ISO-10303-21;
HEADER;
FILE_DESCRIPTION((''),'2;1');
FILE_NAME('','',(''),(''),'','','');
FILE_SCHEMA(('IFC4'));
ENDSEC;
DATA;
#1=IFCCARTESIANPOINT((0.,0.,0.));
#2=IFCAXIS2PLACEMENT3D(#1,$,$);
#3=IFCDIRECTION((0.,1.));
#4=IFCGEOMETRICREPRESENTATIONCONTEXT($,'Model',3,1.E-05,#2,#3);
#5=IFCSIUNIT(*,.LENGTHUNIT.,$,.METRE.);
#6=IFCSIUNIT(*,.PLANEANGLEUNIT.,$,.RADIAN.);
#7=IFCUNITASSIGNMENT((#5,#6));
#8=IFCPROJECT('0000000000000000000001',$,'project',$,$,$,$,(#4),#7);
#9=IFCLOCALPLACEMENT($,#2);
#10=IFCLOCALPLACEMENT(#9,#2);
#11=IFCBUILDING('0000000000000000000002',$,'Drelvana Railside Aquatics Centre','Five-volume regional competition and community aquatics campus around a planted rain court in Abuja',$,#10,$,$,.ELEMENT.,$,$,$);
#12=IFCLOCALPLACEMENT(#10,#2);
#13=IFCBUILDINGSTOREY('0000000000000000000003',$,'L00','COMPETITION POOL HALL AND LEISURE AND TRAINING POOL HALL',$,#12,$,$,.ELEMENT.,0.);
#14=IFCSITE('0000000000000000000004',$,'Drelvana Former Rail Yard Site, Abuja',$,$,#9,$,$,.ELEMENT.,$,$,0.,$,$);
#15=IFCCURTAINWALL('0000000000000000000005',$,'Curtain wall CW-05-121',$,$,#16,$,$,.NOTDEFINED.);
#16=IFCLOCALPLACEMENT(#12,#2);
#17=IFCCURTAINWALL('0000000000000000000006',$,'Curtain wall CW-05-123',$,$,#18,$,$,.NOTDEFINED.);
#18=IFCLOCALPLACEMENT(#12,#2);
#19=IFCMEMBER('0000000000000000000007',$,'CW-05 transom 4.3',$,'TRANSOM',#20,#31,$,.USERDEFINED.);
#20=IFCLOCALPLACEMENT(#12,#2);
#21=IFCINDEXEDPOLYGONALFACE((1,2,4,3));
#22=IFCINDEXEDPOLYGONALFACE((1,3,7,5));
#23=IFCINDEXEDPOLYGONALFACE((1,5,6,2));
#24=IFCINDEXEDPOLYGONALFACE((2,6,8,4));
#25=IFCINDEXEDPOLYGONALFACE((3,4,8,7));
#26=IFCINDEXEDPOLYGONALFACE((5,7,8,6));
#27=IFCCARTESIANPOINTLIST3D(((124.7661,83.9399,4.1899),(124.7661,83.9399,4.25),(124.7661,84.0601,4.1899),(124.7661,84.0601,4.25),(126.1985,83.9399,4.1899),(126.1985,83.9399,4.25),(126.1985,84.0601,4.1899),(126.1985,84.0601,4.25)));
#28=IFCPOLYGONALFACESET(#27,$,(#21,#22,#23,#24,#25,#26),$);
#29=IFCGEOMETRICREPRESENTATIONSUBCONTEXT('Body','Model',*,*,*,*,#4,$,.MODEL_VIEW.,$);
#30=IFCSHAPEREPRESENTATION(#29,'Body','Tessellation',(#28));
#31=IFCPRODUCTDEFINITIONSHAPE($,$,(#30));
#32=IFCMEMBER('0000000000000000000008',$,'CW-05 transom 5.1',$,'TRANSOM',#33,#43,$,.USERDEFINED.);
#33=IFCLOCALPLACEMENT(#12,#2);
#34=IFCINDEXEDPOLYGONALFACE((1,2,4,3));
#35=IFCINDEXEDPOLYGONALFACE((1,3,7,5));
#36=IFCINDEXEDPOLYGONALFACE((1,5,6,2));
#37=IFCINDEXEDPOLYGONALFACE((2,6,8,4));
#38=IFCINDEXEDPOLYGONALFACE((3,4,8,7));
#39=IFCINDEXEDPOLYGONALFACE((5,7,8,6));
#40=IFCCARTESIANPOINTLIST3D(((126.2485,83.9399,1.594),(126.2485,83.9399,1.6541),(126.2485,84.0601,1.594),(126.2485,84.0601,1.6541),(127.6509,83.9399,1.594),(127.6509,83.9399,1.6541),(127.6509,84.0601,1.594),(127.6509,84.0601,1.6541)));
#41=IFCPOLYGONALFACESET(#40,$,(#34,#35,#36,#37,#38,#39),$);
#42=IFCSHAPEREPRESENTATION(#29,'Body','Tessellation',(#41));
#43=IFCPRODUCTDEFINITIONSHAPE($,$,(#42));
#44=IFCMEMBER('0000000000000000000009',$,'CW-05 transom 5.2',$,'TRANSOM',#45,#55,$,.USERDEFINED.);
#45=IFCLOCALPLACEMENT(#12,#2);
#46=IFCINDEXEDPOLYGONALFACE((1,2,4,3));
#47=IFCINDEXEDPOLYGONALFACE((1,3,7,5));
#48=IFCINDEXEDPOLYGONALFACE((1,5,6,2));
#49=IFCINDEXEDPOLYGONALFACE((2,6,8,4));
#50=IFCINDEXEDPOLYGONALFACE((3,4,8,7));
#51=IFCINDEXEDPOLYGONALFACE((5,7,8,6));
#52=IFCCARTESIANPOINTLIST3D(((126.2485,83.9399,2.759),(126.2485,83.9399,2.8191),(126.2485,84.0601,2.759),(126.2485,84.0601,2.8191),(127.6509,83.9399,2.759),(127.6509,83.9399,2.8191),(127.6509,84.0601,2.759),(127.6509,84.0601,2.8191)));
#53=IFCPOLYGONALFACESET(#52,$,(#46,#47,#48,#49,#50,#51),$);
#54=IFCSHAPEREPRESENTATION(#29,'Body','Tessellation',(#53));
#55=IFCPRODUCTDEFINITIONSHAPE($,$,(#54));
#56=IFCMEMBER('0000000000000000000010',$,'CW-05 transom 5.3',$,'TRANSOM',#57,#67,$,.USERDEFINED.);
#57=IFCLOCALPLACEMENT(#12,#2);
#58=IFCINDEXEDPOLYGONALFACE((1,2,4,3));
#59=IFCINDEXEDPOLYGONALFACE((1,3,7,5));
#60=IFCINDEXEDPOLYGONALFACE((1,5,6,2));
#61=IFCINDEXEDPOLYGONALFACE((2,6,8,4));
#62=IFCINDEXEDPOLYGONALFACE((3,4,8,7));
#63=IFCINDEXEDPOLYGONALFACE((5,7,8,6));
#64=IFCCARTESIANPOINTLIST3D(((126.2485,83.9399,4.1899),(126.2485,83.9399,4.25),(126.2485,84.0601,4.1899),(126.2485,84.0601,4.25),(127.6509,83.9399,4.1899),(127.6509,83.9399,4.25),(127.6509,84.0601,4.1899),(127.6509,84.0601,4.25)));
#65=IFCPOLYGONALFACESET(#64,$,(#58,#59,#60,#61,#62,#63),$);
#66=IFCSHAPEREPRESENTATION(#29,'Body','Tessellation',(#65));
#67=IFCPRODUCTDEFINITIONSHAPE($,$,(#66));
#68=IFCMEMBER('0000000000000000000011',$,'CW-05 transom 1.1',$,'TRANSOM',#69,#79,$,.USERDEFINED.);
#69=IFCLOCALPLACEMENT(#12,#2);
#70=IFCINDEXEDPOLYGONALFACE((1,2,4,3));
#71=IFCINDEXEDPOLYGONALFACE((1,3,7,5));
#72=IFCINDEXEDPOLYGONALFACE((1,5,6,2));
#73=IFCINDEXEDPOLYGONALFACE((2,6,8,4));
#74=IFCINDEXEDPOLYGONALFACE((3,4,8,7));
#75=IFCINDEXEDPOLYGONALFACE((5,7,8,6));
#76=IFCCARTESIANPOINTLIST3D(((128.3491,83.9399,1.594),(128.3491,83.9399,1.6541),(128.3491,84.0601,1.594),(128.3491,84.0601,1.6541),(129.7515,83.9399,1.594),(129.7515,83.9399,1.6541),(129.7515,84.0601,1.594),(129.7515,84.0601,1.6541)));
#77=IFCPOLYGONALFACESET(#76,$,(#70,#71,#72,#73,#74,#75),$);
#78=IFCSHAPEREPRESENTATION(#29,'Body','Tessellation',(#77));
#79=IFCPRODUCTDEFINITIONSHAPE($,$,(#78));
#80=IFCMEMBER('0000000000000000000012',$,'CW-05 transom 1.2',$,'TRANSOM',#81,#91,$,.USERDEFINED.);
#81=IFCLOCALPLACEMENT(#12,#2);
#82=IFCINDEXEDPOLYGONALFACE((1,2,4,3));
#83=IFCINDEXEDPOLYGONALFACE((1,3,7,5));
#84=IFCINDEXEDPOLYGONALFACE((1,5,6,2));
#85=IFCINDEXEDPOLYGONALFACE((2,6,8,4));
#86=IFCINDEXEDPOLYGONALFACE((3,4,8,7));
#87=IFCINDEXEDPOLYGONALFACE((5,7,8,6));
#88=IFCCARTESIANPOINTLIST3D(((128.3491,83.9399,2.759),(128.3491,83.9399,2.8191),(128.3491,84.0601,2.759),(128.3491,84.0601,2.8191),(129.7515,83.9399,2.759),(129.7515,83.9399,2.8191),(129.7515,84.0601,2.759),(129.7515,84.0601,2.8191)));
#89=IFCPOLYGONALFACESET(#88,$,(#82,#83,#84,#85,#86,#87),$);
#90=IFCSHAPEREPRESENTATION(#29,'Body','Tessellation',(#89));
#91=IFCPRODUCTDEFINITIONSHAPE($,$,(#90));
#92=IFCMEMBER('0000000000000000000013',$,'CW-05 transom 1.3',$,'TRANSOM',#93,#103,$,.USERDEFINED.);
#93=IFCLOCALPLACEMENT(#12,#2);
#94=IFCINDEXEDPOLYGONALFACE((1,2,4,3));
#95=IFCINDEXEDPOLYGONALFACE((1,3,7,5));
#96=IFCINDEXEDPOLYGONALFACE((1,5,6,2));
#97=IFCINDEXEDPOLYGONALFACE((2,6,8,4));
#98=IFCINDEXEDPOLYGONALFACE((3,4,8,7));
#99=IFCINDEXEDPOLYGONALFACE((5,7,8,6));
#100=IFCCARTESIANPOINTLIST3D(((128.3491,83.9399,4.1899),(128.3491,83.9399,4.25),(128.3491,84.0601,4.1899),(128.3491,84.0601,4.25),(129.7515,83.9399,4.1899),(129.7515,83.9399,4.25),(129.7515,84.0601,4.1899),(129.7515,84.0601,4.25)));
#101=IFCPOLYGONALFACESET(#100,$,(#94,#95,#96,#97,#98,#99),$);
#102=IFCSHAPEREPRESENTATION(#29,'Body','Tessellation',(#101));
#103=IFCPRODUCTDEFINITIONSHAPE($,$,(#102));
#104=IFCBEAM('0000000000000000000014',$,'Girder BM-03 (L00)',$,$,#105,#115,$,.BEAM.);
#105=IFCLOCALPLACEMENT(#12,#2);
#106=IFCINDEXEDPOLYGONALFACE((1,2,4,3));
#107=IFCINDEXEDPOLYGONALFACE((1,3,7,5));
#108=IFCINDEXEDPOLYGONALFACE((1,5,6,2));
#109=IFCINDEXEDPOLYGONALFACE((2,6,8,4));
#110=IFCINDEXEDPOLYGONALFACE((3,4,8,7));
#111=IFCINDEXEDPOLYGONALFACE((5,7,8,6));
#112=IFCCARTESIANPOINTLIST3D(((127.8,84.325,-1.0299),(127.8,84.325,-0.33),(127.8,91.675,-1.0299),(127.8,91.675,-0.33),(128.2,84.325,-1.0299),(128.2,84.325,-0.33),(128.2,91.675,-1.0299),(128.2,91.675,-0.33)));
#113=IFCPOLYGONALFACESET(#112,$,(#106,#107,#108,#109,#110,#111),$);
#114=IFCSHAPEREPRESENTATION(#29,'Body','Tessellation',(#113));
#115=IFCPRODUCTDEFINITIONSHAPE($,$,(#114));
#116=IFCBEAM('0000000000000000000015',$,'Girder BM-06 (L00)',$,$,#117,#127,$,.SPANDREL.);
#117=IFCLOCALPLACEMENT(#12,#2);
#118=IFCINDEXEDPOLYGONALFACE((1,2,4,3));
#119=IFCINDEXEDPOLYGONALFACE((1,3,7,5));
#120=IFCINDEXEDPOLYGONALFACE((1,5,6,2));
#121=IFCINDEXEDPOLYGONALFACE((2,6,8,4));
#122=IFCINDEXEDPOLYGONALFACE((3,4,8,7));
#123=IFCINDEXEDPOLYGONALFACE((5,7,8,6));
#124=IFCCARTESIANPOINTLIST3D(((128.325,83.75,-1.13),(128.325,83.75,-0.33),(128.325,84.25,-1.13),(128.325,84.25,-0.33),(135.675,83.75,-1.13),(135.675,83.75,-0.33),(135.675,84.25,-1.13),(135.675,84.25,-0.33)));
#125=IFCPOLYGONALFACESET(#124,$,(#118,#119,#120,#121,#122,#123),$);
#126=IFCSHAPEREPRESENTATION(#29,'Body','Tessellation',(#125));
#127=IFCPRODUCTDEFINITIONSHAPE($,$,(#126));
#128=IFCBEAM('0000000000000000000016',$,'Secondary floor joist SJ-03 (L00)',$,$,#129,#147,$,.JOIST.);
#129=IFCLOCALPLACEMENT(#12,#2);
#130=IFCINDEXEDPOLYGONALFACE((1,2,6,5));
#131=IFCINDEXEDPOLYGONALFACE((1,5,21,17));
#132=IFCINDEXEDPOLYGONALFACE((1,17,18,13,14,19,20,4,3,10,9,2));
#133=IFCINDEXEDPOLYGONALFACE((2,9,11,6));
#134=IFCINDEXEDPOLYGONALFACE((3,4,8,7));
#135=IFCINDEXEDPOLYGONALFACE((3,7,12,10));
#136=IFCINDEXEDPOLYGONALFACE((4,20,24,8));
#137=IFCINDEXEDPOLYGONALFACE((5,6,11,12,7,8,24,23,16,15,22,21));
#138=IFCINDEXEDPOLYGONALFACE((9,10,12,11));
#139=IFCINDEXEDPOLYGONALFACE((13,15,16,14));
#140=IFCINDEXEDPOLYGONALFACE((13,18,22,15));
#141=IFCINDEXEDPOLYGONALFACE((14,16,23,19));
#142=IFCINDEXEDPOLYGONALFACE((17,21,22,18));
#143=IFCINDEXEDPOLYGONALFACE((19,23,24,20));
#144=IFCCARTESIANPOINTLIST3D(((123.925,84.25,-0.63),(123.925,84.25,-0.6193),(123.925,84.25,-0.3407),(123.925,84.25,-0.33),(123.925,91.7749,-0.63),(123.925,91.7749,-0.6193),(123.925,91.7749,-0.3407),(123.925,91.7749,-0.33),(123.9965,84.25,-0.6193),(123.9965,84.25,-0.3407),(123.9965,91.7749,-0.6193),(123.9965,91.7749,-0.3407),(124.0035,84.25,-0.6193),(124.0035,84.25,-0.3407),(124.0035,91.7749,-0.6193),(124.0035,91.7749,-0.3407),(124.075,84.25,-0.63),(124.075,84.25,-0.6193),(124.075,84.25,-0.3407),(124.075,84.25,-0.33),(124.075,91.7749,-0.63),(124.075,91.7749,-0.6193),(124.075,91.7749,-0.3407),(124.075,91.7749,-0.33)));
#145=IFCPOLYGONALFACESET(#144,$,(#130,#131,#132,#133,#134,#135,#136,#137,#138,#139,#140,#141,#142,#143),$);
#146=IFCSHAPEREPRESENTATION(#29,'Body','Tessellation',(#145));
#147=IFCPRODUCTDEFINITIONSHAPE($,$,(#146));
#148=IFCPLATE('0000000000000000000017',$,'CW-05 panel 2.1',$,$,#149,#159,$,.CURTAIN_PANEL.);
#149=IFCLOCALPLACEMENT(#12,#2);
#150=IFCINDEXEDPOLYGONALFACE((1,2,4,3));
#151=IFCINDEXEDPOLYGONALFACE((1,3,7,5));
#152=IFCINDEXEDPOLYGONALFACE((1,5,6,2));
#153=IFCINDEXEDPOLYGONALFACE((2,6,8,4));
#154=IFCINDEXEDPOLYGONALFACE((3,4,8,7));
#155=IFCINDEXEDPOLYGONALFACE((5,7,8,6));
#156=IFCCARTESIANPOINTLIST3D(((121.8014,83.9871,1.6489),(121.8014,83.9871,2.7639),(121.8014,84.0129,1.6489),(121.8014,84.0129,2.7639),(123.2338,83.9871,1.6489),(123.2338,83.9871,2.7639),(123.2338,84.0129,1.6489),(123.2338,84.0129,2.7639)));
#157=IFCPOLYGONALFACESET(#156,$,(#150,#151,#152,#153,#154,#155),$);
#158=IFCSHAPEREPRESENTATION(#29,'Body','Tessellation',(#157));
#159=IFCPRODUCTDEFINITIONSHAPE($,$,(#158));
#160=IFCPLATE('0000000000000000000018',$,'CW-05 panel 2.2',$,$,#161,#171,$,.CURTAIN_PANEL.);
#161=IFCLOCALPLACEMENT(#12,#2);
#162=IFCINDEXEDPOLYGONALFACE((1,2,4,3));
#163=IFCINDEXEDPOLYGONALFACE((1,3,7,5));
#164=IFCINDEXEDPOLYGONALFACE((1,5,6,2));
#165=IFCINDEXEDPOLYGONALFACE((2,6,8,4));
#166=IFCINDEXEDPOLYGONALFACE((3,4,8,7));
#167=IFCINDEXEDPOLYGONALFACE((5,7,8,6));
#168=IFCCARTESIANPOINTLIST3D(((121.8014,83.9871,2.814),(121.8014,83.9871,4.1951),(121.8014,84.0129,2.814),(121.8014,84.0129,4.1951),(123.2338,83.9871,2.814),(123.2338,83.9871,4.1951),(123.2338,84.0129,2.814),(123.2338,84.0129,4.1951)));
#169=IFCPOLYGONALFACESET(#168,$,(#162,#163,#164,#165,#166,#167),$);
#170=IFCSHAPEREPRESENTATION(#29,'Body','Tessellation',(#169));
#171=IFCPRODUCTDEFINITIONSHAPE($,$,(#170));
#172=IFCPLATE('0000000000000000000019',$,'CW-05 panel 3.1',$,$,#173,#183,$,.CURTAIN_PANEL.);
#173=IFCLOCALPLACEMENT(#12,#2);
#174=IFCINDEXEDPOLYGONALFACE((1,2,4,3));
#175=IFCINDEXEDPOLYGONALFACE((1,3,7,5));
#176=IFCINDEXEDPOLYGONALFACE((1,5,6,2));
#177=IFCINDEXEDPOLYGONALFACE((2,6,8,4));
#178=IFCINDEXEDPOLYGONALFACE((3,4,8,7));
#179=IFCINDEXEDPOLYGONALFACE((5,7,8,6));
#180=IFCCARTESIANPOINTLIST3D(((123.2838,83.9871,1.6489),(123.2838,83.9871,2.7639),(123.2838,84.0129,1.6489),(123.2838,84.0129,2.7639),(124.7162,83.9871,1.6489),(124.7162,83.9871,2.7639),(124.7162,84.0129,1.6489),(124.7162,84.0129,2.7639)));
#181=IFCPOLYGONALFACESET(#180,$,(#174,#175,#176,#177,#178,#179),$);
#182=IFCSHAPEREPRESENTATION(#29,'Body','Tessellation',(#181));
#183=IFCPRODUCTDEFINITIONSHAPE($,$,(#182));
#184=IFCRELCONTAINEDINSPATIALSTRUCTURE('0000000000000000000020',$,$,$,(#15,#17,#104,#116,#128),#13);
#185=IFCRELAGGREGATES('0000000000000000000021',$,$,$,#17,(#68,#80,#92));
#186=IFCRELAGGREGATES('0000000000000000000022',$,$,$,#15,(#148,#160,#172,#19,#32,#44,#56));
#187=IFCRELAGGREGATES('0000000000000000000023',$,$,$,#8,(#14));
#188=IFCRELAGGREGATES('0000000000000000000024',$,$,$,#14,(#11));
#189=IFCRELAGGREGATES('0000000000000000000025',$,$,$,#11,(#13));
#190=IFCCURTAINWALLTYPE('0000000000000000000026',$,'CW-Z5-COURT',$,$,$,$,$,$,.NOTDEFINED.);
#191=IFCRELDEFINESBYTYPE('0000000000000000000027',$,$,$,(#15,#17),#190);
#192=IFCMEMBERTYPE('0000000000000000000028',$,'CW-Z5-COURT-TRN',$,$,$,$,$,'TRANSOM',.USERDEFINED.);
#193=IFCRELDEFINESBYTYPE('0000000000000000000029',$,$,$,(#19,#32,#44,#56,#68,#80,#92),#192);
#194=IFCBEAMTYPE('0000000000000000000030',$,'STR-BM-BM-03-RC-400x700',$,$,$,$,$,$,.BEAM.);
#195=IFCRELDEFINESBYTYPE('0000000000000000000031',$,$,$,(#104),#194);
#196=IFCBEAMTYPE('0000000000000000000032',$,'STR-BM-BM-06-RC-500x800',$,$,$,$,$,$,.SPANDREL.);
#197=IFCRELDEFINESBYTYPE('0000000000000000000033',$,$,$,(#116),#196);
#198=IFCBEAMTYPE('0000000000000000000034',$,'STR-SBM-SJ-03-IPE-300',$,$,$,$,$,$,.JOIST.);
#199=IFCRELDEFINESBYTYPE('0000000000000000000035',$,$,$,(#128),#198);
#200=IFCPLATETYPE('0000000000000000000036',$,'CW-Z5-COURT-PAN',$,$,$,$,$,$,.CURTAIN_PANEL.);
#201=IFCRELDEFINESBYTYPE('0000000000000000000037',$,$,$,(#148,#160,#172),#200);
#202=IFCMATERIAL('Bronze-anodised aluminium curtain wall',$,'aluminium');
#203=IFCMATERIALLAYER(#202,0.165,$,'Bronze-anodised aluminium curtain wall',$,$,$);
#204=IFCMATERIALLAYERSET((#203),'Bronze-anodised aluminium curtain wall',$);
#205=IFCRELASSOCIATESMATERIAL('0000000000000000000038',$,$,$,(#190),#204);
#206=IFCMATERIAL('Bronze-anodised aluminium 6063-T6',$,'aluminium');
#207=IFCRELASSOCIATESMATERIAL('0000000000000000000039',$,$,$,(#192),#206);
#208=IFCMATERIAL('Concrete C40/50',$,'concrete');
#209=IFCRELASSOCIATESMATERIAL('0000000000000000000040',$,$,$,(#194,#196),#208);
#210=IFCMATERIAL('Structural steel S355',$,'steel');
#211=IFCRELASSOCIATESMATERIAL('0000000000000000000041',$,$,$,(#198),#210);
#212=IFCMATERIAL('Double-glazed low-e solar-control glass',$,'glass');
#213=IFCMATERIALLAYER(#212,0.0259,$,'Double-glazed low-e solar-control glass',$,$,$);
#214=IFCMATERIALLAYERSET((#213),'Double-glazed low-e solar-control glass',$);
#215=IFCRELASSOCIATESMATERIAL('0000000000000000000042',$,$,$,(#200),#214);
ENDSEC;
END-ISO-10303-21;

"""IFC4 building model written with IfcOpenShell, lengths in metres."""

from ifc_helpers import new_model, si_unit, direction, frame, origin, origin_2d, place, context, subcontext, project, spatial, rectangle, i_section, extrude, material, layer, layer_set, material_profile, profile_set, type_object, element, aggregate, save


model = new_model("IFC4")

# Units and contexts
model_context = context("Model", 3, precision=1e-05, world=origin(), true_north=direction((0.0, 1.0)))
body_context = subcontext(model_context, "Body", "Model", "MODEL_VIEW")
ifc_project = project(units=[si_unit("LENGTHUNIT", "METRE"), si_unit("PLANEANGLEUNIT", "RADIAN")], contexts=[model_context])

# Site, building, storey
site_placement = place(None, origin())
site = spatial("IfcSite", under=ifc_project, at=site_placement, Name="Drelvana Former Rail Yard Site, Abuja", CompositionType="ELEMENT", RefElevation=0.0)
building_placement = place(site_placement, origin())
building = spatial("IfcBuilding", under=site, at=building_placement, Name="Drelvana Railside Aquatics Centre", Description="Five-volume regional competition and community aquatics campus around a planted rain court in Abuja", CompositionType="ELEMENT")
storey_placement = place(building_placement, origin())
storey = spatial("IfcBuildingStorey", under=building, at=storey_placement, Name="L00", Description="COMPETITION POOL HALL AND LEISURE AND TRAINING POOL HALL", CompositionType="ELEMENT", Elevation=0.0)

# Shared definitions
ifc_material_1 = material(Name="Concrete C40/50", Category="concrete")

# Curtain wall
ifc_material_2 = material(Name="Bronze-anodised aluminium curtain wall", Category="aluminium")
ifc_layer_1 = layer(ifc_material_2, 0.165, Name="Bronze-anodised aluminium curtain wall")
ifc_layer_set_1 = layer_set([ifc_layer_1], Name="Bronze-anodised aluminium curtain wall")
curtain_wall_type = type_object("IfcCurtainWallType", Name="CW-Z5-COURT", PredefinedType="NOTDEFINED", material=ifc_layer_set_1)
curtain_wall_1_placement = place(storey_placement, origin())
curtain_wall_1 = element("IfcCurtainWall", 1, at=curtain_wall_1_placement, inside=storey, type_object=curtain_wall_type, Name="Curtain wall CW-05-121", PredefinedType="NOTDEFINED")
ifc_material_3 = material(Name="Bronze-anodised aluminium 6063-T6", Category="aluminium")

# Curtain wall
curtain_wall_2_placement = place(storey_placement, origin())
curtain_wall_2 = element("IfcCurtainWall", 2, at=curtain_wall_2_placement, inside=storey, type_object=curtain_wall_type, Name="Curtain wall CW-05-123", PredefinedType="NOTDEFINED")

# Members
ifc_material_profile_1 = material_profile(ifc_material_3, rectangle(XDim=0.1201, YDim=0.0601, at=origin_2d()), Name="ALU-T 60x120")
ifc_profile_set_1 = profile_set([ifc_material_profile_1], Name="Bronze-anodised aluminium 6063-T6")
member_type_1 = type_object("IfcMemberType", Name="CW-Z5-COURT-TRN", ElementType="TRANSOM", PredefinedType="USERDEFINED", material=ifc_profile_set_1)
member_1_placement = place(storey_placement, frame((124.7661, 84.0, 4.22), z_axis=(1.0, 0.0, 0.0), x_axis=(0.0, 1.0, 0.0)))
member_1 = element("IfcMember", 3, at=member_1_placement, type_object=member_type_1, Name="CW-05 transom 4.3", ObjectType="TRANSOM", PredefinedType="USERDEFINED", context=body_context, shape_type="SweptSolid", body=[
    extrude(rectangle(XDim=0.1201, YDim=0.0601, at=origin_2d()), origin(), (0.0, 0.0, 1.0), 1.4324),
])
member_2_placement = place(storey_placement, frame((126.2485, 84.0, 1.624), z_axis=(1.0, 0.0, 0.0), x_axis=(0.0, 1.0, 0.0)))
member_2 = element("IfcMember", 4, at=member_2_placement, type_object=member_type_1, Name="CW-05 transom 5.1", ObjectType="TRANSOM", PredefinedType="USERDEFINED", context=body_context, shape_type="SweptSolid", body=[
    extrude(rectangle(XDim=0.1201, YDim=0.0601, at=origin_2d()), origin(), (0.0, 0.0, 1.0), 1.4023),
])
member_3_placement = place(storey_placement, frame((126.2485, 84.0, 2.7891), z_axis=(1.0, 0.0, 0.0), x_axis=(0.0, 1.0, 0.0)))
member_3 = element("IfcMember", 5, at=member_3_placement, type_object=member_type_1, Name="CW-05 transom 5.2", ObjectType="TRANSOM", PredefinedType="USERDEFINED", context=body_context, shape_type="SweptSolid", body=[
    extrude(rectangle(XDim=0.1201, YDim=0.0601, at=origin_2d()), origin(), (0.0, 0.0, 1.0), 1.4023),
])
member_4_placement = place(storey_placement, frame((126.2485, 84.0, 4.22), z_axis=(1.0, 0.0, 0.0), x_axis=(0.0, 1.0, 0.0)))
member_4 = element("IfcMember", 6, at=member_4_placement, type_object=member_type_1, Name="CW-05 transom 5.3", ObjectType="TRANSOM", PredefinedType="USERDEFINED", context=body_context, shape_type="SweptSolid", body=[
    extrude(rectangle(XDim=0.1201, YDim=0.0601, at=origin_2d()), origin(), (0.0, 0.0, 1.0), 1.4023),
])
member_5_placement = place(storey_placement, frame((128.3491, 84.0, 1.624), z_axis=(1.0, 0.0, 0.0), x_axis=(0.0, 1.0, 0.0)))
member_5 = element("IfcMember", 7, at=member_5_placement, type_object=member_type_1, Name="CW-05 transom 1.1", ObjectType="TRANSOM", PredefinedType="USERDEFINED", context=body_context, shape_type="SweptSolid", body=[
    extrude(rectangle(XDim=0.1201, YDim=0.0601, at=origin_2d()), origin(), (0.0, 0.0, 1.0), 1.4023),
])
member_6_placement = place(storey_placement, frame((128.3491, 84.0, 2.7891), z_axis=(1.0, 0.0, 0.0), x_axis=(0.0, 1.0, 0.0)))
member_6 = element("IfcMember", 8, at=member_6_placement, type_object=member_type_1, Name="CW-05 transom 1.2", ObjectType="TRANSOM", PredefinedType="USERDEFINED", context=body_context, shape_type="SweptSolid", body=[
    extrude(rectangle(XDim=0.1201, YDim=0.0601, at=origin_2d()), origin(), (0.0, 0.0, 1.0), 1.4023),
])
member_7_placement = place(storey_placement, frame((128.3491, 84.0, 4.22), z_axis=(1.0, 0.0, 0.0), x_axis=(0.0, 1.0, 0.0)))
member_7 = element("IfcMember", 9, at=member_7_placement, type_object=member_type_1, Name="CW-05 transom 1.3", ObjectType="TRANSOM", PredefinedType="USERDEFINED", context=body_context, shape_type="SweptSolid", body=[
    extrude(rectangle(XDim=0.1201, YDim=0.0601, at=origin_2d()), origin(), (0.0, 0.0, 1.0), 1.4023),
])
aggregate(curtain_wall_2, [member_5, member_6, member_7])

# Beams
ifc_material_profile_2 = material_profile(ifc_material_1, rectangle(XDim=0.3999, YDim=0.7, at=origin_2d()), Name="RC 400x700")
ifc_profile_set_2 = profile_set([ifc_material_profile_2], Name="Concrete C40/50")
beam_type_1 = type_object("IfcBeamType", Name="STR-BM-BM-03-RC-400x700", PredefinedType="BEAM", material=ifc_profile_set_2)
beam_1_placement = place(storey_placement, frame((128.0, 84.325, -0.6799), z_axis=(0.0, 1.0, 0.0), x_axis=(-1.0, 0.0, 0.0)))
element("IfcBeam", 10, at=beam_1_placement, inside=storey, type_object=beam_type_1, Name="Girder BM-03 (L00)", PredefinedType="BEAM", context=body_context, shape_type="SweptSolid", body=[
    extrude(rectangle(XDim=0.3999, YDim=0.7, at=origin_2d()), origin(), (0.0, 0.0, 1.0), 7.3501),
])
ifc_material_profile_3 = material_profile(ifc_material_1, rectangle(XDim=0.5, YDim=0.8, at=origin_2d()), Name="RC 500x800")
ifc_profile_set_3 = profile_set([ifc_material_profile_3], Name="Concrete C40/50")
beam_type_2 = type_object("IfcBeamType", Name="STR-BM-BM-06-RC-500x800", PredefinedType="SPANDREL", material=ifc_profile_set_3)
beam_2_placement = place(storey_placement, frame((128.325, 84.0, -0.73), z_axis=(1.0, 0.0, 0.0), x_axis=(0.0, 1.0, 0.0)))
element("IfcBeam", 11, at=beam_2_placement, inside=storey, type_object=beam_type_2, Name="Girder BM-06 (L00)", PredefinedType="SPANDREL", context=body_context, shape_type="SweptSolid", body=[
    extrude(rectangle(XDim=0.5, YDim=0.8, at=origin_2d()), origin(), (0.0, 0.0, 1.0), 7.3501),
])
ifc_material_4 = material(Name="Structural steel S355", Category="steel")
ifc_material_profile_4 = material_profile(ifc_material_4, i_section(OverallWidth=0.1499, OverallDepth=0.3, WebThickness=0.0071, FlangeThickness=0.0107, at=origin_2d()), Name="IPE 300")
ifc_profile_set_4 = profile_set([ifc_material_profile_4], Name="Structural steel S355")
beam_type_3 = type_object("IfcBeamType", Name="STR-SBM-SJ-03-IPE-300", PredefinedType="JOIST", material=ifc_profile_set_4)
beam_3_placement = place(storey_placement, frame((124.0, 84.25, -0.48), z_axis=(0.0, 1.0, 0.0), x_axis=(-1.0, 0.0, 0.0)))
element("IfcBeam", 12, at=beam_3_placement, inside=storey, type_object=beam_type_3, Name="Secondary floor joist SJ-03 (L00)", PredefinedType="JOIST", context=body_context, shape_type="SweptSolid", body=[
    extrude(i_section(OverallWidth=0.1499, OverallDepth=0.3, WebThickness=0.0071, FlangeThickness=0.0107, at=origin_2d()), origin(), (0.0, 0.0, 1.0), 7.5249),
])

# Plates
ifc_material_5 = material(Name="Double-glazed low-e solar-control glass", Category="glass")
ifc_layer_2 = layer(ifc_material_5, 0.0259, Name="Double-glazed low-e solar-control glass")
ifc_layer_set_2 = layer_set([ifc_layer_2], Name="Double-glazed low-e solar-control glass")
plate_type = type_object("IfcPlateType", Name="CW-Z5-COURT-PAN", PredefinedType="CURTAIN_PANEL", material=ifc_layer_set_2)
plate_1_placement = place(storey_placement, frame((122.5176, 84.0, 1.6489), z_axis=(0.0, 0.0, 1.0), x_axis=(1.0, 0.0, 0.0)))
plate_1 = element("IfcPlate", 13, at=plate_1_placement, type_object=plate_type, Name="CW-05 panel 2.1", PredefinedType="CURTAIN_PANEL", context=body_context, shape_type="SweptSolid", body=[
    extrude(rectangle(XDim=1.4324, YDim=0.0259, at=origin_2d()), origin(), (0.0, 0.0, 1.0), 1.115),
])
plate_2_placement = place(storey_placement, frame((122.5176, 84.0, 2.814), z_axis=(0.0, 0.0, 1.0), x_axis=(1.0, 0.0, 0.0)))
plate_2 = element("IfcPlate", 14, at=plate_2_placement, type_object=plate_type, Name="CW-05 panel 2.2", PredefinedType="CURTAIN_PANEL", context=body_context, shape_type="SweptSolid", body=[
    extrude(rectangle(XDim=1.4324, YDim=0.0259, at=origin_2d()), origin(), (0.0, 0.0, 1.0), 1.3811),
])
plate_3_placement = place(storey_placement, frame((124.0, 84.0, 1.6489), z_axis=(0.0, 0.0, 1.0), x_axis=(1.0, 0.0, 0.0)))
plate_3 = element("IfcPlate", 15, at=plate_3_placement, type_object=plate_type, Name="CW-05 panel 3.1", PredefinedType="CURTAIN_PANEL", context=body_context, shape_type="SweptSolid", body=[
    extrude(rectangle(XDim=1.4324, YDim=0.0259, at=origin_2d()), origin(), (0.0, 0.0, 1.0), 1.115),
])
aggregate(curtain_wall_1, [plate_1, plate_2, plate_3, member_1, member_2, member_3, member_4])

save(model, "model.ifc")
